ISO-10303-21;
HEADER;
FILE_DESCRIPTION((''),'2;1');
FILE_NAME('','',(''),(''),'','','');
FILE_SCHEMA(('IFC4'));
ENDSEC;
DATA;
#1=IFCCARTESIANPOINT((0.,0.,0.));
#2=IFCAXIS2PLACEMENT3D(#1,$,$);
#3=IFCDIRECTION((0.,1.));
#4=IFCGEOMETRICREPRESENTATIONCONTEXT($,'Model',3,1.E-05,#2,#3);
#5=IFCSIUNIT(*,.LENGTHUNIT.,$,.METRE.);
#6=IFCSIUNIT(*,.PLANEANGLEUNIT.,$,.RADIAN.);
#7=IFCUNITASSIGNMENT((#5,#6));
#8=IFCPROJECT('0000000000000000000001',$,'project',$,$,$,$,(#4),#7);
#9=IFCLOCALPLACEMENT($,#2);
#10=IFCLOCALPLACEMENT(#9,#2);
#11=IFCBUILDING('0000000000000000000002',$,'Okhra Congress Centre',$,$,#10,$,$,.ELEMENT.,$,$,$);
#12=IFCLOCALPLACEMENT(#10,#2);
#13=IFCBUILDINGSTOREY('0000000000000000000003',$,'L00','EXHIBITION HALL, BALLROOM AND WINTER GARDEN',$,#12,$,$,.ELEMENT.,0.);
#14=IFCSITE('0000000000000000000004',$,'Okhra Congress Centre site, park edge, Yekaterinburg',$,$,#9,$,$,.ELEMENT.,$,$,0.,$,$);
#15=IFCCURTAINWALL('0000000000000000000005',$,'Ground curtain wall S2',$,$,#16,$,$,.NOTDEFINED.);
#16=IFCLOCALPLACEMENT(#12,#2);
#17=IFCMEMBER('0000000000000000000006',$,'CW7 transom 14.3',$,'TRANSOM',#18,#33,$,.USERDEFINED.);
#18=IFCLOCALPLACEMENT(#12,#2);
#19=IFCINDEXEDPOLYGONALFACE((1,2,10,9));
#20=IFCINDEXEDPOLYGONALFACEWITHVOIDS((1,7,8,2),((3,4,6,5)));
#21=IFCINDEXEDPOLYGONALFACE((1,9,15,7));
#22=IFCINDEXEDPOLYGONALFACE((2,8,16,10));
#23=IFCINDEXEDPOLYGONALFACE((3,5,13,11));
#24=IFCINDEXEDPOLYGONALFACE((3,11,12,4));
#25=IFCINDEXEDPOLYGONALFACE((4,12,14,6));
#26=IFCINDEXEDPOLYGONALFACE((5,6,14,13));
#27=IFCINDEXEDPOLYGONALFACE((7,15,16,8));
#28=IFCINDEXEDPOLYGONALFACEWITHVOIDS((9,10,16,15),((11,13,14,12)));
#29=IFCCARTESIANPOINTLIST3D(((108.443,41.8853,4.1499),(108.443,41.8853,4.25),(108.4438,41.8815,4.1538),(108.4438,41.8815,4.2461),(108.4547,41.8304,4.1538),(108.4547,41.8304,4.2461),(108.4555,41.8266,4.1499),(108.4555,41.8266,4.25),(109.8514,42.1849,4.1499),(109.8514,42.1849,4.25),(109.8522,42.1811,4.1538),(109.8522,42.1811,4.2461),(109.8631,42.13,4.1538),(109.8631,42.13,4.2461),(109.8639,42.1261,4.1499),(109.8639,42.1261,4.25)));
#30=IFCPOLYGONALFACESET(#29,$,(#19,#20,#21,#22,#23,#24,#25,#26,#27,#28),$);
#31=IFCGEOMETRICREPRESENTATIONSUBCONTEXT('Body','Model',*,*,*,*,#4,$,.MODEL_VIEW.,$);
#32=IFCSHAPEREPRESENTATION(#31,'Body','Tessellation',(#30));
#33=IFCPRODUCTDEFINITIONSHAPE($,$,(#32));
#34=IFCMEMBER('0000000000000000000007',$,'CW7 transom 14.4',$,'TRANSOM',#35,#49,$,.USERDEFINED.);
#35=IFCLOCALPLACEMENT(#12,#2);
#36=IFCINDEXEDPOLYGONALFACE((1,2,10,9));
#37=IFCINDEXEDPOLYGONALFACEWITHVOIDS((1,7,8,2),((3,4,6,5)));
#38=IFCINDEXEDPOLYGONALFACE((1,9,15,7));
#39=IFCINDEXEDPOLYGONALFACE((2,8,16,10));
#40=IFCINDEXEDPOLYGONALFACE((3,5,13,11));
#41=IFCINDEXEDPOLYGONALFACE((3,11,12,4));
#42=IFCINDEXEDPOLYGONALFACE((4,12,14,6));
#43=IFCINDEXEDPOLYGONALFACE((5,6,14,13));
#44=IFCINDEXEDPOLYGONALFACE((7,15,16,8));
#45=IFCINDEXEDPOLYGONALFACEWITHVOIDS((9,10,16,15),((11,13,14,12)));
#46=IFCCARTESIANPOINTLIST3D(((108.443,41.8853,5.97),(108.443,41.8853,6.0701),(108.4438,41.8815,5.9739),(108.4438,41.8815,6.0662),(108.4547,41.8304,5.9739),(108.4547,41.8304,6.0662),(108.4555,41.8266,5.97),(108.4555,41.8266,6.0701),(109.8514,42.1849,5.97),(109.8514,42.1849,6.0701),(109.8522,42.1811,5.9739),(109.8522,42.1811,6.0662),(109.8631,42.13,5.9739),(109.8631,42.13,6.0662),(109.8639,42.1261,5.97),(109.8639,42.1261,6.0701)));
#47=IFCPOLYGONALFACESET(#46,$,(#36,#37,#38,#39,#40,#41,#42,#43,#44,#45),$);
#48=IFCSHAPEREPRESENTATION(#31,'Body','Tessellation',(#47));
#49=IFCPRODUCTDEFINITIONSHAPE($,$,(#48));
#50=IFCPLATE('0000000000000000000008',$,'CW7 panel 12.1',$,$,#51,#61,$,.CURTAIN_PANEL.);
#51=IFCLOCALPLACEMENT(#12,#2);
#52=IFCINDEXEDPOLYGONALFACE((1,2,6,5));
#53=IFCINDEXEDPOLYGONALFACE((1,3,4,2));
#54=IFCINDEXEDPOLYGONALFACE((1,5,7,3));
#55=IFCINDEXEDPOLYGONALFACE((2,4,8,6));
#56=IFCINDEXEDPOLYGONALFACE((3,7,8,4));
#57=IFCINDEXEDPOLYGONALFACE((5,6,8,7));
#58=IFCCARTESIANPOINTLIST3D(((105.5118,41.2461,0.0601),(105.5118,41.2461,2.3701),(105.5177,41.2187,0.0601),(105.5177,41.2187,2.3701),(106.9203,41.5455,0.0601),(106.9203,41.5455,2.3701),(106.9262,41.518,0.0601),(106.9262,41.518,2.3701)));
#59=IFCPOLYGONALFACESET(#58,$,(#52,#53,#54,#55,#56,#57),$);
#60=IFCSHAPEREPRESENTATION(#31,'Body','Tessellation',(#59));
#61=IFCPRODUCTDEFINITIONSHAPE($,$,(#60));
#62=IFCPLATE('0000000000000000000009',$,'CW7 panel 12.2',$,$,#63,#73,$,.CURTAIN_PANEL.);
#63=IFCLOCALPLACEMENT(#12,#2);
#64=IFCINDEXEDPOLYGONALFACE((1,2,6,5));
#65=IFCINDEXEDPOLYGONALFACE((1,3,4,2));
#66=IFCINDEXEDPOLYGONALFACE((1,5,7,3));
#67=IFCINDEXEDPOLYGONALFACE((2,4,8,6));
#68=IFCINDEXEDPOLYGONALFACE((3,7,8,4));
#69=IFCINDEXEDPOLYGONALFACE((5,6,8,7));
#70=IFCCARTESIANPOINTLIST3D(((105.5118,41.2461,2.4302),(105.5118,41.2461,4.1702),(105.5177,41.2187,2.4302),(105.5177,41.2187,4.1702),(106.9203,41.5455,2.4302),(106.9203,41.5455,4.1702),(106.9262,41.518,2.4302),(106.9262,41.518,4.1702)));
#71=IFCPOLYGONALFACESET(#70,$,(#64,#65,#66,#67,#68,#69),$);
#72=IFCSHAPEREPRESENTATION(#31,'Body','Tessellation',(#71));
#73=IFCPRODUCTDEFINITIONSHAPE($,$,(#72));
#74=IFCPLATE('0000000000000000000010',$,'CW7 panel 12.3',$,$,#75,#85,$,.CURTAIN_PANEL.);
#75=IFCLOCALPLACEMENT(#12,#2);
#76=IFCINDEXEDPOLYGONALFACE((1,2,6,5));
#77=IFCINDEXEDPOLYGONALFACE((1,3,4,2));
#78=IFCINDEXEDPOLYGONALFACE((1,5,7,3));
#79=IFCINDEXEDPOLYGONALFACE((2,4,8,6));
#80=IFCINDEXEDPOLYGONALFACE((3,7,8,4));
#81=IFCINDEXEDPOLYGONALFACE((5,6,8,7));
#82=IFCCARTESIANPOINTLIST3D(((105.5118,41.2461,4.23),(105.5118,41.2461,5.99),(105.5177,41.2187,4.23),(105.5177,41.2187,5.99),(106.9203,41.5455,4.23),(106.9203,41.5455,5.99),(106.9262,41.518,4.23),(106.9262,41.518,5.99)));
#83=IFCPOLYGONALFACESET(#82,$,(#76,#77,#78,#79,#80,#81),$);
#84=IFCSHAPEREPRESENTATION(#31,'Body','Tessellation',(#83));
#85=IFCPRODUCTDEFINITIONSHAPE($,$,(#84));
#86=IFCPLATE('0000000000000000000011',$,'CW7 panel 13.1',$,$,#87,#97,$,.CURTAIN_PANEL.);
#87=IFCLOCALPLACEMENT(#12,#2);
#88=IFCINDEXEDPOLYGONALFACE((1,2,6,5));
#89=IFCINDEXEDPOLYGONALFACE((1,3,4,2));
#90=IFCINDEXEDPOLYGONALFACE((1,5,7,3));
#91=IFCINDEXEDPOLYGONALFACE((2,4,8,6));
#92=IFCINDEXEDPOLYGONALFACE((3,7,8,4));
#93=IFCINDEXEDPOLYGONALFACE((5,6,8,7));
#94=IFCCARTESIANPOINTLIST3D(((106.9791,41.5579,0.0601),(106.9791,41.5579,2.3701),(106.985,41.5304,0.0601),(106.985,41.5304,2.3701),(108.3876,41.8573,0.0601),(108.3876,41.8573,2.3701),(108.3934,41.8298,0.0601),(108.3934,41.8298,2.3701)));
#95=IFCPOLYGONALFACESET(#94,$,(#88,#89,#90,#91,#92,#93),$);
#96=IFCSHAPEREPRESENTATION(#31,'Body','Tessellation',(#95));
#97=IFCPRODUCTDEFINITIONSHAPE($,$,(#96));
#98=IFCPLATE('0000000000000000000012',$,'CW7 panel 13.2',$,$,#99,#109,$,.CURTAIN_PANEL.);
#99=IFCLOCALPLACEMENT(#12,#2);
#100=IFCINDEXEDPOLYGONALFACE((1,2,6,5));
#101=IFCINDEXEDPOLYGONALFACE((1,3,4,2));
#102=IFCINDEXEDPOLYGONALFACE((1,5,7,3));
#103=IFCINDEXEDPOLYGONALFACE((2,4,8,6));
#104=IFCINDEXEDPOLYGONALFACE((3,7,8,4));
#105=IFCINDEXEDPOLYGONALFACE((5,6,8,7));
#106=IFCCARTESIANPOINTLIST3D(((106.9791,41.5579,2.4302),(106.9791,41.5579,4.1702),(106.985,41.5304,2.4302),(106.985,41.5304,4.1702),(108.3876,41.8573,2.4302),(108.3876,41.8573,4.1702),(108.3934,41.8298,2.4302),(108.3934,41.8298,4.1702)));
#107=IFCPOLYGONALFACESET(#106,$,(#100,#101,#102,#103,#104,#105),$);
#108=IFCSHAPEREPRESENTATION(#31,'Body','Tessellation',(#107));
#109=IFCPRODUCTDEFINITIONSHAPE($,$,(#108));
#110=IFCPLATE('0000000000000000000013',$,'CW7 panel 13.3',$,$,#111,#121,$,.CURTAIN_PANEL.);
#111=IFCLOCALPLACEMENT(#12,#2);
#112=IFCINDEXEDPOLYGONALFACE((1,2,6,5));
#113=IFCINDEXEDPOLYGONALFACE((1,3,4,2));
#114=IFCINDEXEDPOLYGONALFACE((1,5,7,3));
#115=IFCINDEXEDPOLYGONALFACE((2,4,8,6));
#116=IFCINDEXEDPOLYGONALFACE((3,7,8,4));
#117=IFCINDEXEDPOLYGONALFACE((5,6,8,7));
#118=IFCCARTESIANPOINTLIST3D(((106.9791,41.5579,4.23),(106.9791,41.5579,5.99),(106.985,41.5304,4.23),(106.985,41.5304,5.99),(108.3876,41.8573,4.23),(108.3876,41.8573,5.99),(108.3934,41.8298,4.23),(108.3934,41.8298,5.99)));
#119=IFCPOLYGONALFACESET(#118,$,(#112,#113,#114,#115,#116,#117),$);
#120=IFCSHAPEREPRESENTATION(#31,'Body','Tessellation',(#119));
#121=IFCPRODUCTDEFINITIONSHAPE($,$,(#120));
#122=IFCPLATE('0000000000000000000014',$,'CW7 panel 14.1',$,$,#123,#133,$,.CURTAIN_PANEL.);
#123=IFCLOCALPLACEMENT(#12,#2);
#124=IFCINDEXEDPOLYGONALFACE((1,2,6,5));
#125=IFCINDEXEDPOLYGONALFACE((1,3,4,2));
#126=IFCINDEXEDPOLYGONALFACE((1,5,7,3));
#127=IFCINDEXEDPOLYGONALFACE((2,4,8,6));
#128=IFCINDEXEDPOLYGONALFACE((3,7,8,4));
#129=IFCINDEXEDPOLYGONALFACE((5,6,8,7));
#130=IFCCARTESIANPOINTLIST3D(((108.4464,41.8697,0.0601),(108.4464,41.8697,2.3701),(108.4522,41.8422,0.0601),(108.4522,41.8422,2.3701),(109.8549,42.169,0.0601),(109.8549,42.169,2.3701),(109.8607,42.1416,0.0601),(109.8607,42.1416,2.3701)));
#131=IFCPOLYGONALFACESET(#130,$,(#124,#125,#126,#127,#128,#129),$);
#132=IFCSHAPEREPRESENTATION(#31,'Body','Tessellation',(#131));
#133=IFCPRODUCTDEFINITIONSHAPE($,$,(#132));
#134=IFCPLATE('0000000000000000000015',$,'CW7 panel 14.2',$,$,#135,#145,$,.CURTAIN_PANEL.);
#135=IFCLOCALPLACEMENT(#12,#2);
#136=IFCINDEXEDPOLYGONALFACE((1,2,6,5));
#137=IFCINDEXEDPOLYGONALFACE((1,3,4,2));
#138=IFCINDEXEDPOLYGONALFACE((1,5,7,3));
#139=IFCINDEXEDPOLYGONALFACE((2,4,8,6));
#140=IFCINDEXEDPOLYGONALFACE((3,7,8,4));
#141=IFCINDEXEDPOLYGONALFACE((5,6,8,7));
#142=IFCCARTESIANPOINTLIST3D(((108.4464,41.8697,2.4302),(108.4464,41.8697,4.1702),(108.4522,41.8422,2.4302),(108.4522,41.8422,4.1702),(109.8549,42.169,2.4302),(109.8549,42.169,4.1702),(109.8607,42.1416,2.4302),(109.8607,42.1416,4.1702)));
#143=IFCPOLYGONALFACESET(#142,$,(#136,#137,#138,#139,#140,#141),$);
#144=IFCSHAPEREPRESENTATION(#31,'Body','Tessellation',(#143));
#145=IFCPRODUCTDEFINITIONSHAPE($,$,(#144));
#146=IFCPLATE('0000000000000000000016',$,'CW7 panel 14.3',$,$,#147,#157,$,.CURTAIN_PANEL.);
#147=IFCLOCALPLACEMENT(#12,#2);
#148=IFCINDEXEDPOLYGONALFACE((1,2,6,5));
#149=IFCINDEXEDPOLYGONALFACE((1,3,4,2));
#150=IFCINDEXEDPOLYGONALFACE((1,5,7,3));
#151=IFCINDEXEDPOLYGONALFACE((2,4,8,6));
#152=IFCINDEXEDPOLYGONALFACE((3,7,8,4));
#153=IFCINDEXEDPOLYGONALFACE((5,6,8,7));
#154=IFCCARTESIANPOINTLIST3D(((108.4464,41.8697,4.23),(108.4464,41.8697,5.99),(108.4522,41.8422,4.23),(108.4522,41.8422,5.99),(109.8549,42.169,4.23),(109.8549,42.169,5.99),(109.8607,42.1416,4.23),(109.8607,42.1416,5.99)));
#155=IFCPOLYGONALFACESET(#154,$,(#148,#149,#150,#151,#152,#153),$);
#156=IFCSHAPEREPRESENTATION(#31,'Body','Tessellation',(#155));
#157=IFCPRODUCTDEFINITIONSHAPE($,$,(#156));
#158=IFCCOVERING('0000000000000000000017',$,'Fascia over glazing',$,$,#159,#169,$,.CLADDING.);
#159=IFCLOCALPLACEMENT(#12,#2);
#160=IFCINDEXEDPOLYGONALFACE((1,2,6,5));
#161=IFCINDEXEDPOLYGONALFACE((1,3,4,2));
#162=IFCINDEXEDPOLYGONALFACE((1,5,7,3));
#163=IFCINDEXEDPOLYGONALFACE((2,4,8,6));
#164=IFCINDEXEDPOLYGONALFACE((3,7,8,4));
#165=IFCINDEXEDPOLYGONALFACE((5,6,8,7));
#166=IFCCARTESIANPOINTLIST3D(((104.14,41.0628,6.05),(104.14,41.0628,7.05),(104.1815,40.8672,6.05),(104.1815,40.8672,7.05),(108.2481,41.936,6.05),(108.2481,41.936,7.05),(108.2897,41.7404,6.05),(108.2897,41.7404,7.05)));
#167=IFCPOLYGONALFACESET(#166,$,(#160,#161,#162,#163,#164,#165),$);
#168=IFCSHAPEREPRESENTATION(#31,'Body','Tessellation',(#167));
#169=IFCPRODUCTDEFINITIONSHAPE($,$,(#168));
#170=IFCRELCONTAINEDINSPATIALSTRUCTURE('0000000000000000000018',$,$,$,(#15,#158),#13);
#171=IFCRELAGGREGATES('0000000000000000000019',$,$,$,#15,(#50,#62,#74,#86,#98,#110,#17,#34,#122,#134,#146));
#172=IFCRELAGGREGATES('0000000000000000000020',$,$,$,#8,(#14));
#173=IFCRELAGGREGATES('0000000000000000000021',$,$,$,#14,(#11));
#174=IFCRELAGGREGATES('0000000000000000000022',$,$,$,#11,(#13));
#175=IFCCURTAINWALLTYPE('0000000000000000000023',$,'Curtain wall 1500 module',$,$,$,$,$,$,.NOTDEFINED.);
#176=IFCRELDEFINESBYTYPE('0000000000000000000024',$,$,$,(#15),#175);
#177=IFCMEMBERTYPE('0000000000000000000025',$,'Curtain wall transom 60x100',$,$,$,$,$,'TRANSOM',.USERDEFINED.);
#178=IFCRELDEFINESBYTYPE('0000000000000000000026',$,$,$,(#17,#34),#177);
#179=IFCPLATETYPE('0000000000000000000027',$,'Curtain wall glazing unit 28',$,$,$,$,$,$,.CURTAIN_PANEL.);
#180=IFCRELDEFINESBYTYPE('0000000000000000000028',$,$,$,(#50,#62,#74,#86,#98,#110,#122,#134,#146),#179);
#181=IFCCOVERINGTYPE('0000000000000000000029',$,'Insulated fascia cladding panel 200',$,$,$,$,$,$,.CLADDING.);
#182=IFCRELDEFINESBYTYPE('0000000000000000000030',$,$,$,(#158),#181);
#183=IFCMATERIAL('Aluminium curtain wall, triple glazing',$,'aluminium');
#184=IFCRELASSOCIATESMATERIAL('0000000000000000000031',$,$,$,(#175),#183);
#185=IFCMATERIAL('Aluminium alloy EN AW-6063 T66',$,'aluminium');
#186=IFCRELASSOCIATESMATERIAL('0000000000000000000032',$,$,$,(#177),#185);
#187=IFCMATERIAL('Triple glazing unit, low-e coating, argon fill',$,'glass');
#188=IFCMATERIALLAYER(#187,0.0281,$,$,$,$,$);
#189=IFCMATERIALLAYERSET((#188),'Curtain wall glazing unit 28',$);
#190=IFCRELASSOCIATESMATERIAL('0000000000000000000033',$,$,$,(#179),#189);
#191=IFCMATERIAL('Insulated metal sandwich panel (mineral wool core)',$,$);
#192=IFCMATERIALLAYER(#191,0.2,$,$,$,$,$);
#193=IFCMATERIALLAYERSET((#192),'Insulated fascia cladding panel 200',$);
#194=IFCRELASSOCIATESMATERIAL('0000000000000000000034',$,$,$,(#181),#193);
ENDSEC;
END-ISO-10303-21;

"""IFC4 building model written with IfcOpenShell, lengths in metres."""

from ifc_helpers import new_model, si_unit, direction, frame, origin, origin_2d, place, context, subcontext, project, spatial, rectangle, hollow_rectangle, extrude, material, layer, layer_set, material_profile, profile_set, type_object, element, aggregate, save


model = new_model("IFC4")

# Units and contexts
model_context = context("Model", 3, precision=1e-05, world=origin(), true_north=direction((0.0, 1.0)))
body_context = subcontext(model_context, "Body", "Model", "MODEL_VIEW")
ifc_project = project(units=[si_unit("LENGTHUNIT", "METRE"), si_unit("PLANEANGLEUNIT", "RADIAN")], contexts=[model_context])

# Site, building, storey
site_placement = place(None, origin())
site = spatial("IfcSite", under=ifc_project, at=site_placement, Name="Okhra Congress Centre site, park edge, Yekaterinburg", CompositionType="ELEMENT", RefElevation=0.0)
building_placement = place(site_placement, origin())
building = spatial("IfcBuilding", under=site, at=building_placement, Name="Okhra Congress Centre", CompositionType="ELEMENT")
storey_placement = place(building_placement, origin())
storey = spatial("IfcBuildingStorey", under=building, at=storey_placement, Name="L00", Description="EXHIBITION HALL, BALLROOM AND WINTER GARDEN", CompositionType="ELEMENT", Elevation=0.0)

# Curtain wall, members, plates
ifc_material_1 = material(Name="Aluminium curtain wall, triple glazing", Category="aluminium")
curtain_wall_type = type_object("IfcCurtainWallType", Name="Curtain wall 1500 module", PredefinedType="NOTDEFINED", material=ifc_material_1)
curtain_wall_placement = place(storey_placement, origin())
curtain_wall = element("IfcCurtainWall", 1, at=curtain_wall_placement, inside=storey, type_object=curtain_wall_type, Name="Ground curtain wall S2", PredefinedType="NOTDEFINED")
ifc_material_2 = material(Name="Aluminium alloy EN AW-6063 T66", Category="aluminium")
ifc_material_profile_1 = material_profile(ifc_material_2, hollow_rectangle(XDim=0.0601, YDim=0.1001, WallThickness=0.0039, at=origin_2d()), Name="RHS 60x100x4")
ifc_profile_set_1 = profile_set([ifc_material_profile_1], Name="Aluminium alloy EN AW-6063 T66")
member_type_1 = type_object("IfcMemberType", Name="Curtain wall transom 60x100", ElementType="TRANSOM", PredefinedType="USERDEFINED", material=ifc_profile_set_1)
member_1_placement = place(storey_placement, frame((108.4492, 41.856, 4.2), z_axis=(0.978121, 0.208035, 0.0), x_axis=(-0.208035, 0.978121, 0.0)))
member_1 = element("IfcMember", 2, at=member_1_placement, type_object=member_type_1, Name="CW7 transom 14.3", ObjectType="TRANSOM", PredefinedType="USERDEFINED", context=body_context, shape_type="SweptSolid", body=[
    extrude(hollow_rectangle(XDim=0.0601, YDim=0.1001, WallThickness=0.0039, at=origin_2d()), origin(), (0.0, 0.0, 1.0), 1.4399),
])
member_2_placement = place(storey_placement, frame((108.4492, 41.856, 6.02), z_axis=(0.978121, 0.208035, 0.0), x_axis=(-0.208035, 0.978121, 0.0)))
member_2 = element("IfcMember", 3, at=member_2_placement, type_object=member_type_1, Name="CW7 transom 14.4", ObjectType="TRANSOM", PredefinedType="USERDEFINED", context=body_context, shape_type="SweptSolid", body=[
    extrude(hollow_rectangle(XDim=0.0601, YDim=0.1001, WallThickness=0.0039, at=origin_2d()), origin(), (0.0, 0.0, 1.0), 1.4399),
])
ifc_material_3 = material(Name="Triple glazing unit, low-e coating, argon fill", Category="glass")
ifc_layer_1 = layer(ifc_material_3, 0.0281)
ifc_layer_set_1 = layer_set([ifc_layer_1], Name="Curtain wall glazing unit 28")
plate_type = type_object("IfcPlateType", Name="Curtain wall glazing unit 28", PredefinedType="CURTAIN_PANEL", material=ifc_layer_set_1)
plate_1_placement = place(storey_placement, frame((106.219, 41.3821, 0.0601), z_axis=(0.0, 0.0, 1.0), x_axis=(0.978148, 0.207912, 0.0)))
plate_1 = element("IfcPlate", 4, at=plate_1_placement, type_object=plate_type, Name="CW7 panel 12.1", PredefinedType="CURTAIN_PANEL", context=body_context, shape_type="SweptSolid", body=[
    extrude(rectangle(XDim=1.4399, YDim=0.0281, at=origin_2d()), origin(), (0.0, 0.0, 1.0), 2.3101),
])
plate_2_placement = place(storey_placement, frame((106.219, 41.3821, 2.4302), z_axis=(0.0, 0.0, 1.0), x_axis=(0.978148, 0.207912, 0.0)))
plate_2 = element("IfcPlate", 5, at=plate_2_placement, type_object=plate_type, Name="CW7 panel 12.2", PredefinedType="CURTAIN_PANEL", context=body_context, shape_type="SweptSolid", body=[
    extrude(rectangle(XDim=1.4399, YDim=0.0281, at=origin_2d()), origin(), (0.0, 0.0, 1.0), 1.74),
])
plate_3_placement = place(storey_placement, frame((106.219, 41.3821, 4.23), z_axis=(0.0, 0.0, 1.0), x_axis=(0.978148, 0.207912, 0.0)))
plate_3 = element("IfcPlate", 6, at=plate_3_placement, type_object=plate_type, Name="CW7 panel 12.3", PredefinedType="CURTAIN_PANEL", context=body_context, shape_type="SweptSolid", body=[
    extrude(rectangle(XDim=1.4399, YDim=0.0281, at=origin_2d()), origin(), (0.0, 0.0, 1.0), 1.76),
])
plate_4_placement = place(storey_placement, frame((107.6863, 41.6938, 0.0601), z_axis=(0.0, 0.0, 1.0), x_axis=(0.978148, 0.207912, 0.0)))
plate_4 = element("IfcPlate", 7, at=plate_4_placement, type_object=plate_type, Name="CW7 panel 13.1", PredefinedType="CURTAIN_PANEL", context=body_context, shape_type="SweptSolid", body=[
    extrude(rectangle(XDim=1.4399, YDim=0.0281, at=origin_2d()), origin(), (0.0, 0.0, 1.0), 2.3101),
])
plate_5_placement = place(storey_placement, frame((107.6863, 41.6938, 2.4302), z_axis=(0.0, 0.0, 1.0), x_axis=(0.978148, 0.207912, 0.0)))
plate_5 = element("IfcPlate", 8, at=plate_5_placement, type_object=plate_type, Name="CW7 panel 13.2", PredefinedType="CURTAIN_PANEL", context=body_context, shape_type="SweptSolid", body=[
    extrude(rectangle(XDim=1.4399, YDim=0.0281, at=origin_2d()), origin(), (0.0, 0.0, 1.0), 1.74),
])
plate_6_placement = place(storey_placement, frame((107.6863, 41.6938, 4.23), z_axis=(0.0, 0.0, 1.0), x_axis=(0.978148, 0.207912, 0.0)))
plate_6 = element("IfcPlate", 9, at=plate_6_placement, type_object=plate_type, Name="CW7 panel 13.3", PredefinedType="CURTAIN_PANEL", context=body_context, shape_type="SweptSolid", body=[
    extrude(rectangle(XDim=1.4399, YDim=0.0281, at=origin_2d()), origin(), (0.0, 0.0, 1.0), 1.76),
])
plate_7_placement = place(storey_placement, frame((109.1536, 42.0056, 0.0601), z_axis=(0.0, 0.0, 1.0), x_axis=(0.978148, 0.207912, 0.0)))
plate_7 = element("IfcPlate", 10, at=plate_7_placement, type_object=plate_type, Name="CW7 panel 14.1", PredefinedType="CURTAIN_PANEL", context=body_context, shape_type="SweptSolid", body=[
    extrude(rectangle(XDim=1.4399, YDim=0.0281, at=origin_2d()), origin(), (0.0, 0.0, 1.0), 2.3101),
])
plate_8_placement = place(storey_placement, frame((109.1536, 42.0056, 2.4302), z_axis=(0.0, 0.0, 1.0), x_axis=(0.978148, 0.207912, 0.0)))
plate_8 = element("IfcPlate", 11, at=plate_8_placement, type_object=plate_type, Name="CW7 panel 14.2", PredefinedType="CURTAIN_PANEL", context=body_context, shape_type="SweptSolid", body=[
    extrude(rectangle(XDim=1.4399, YDim=0.0281, at=origin_2d()), origin(), (0.0, 0.0, 1.0), 1.74),
])
plate_9_placement = place(storey_placement, frame((109.1536, 42.0056, 4.23), z_axis=(0.0, 0.0, 1.0), x_axis=(0.978148, 0.207912, 0.0)))
plate_9 = element("IfcPlate", 12, at=plate_9_placement, type_object=plate_type, Name="CW7 panel 14.3", PredefinedType="CURTAIN_PANEL", context=body_context, shape_type="SweptSolid", body=[
    extrude(rectangle(XDim=1.4399, YDim=0.0281, at=origin_2d()), origin(), (0.0, 0.0, 1.0), 1.76),
])
aggregate(curtain_wall, [plate_1, plate_2, plate_3, plate_4, plate_5, plate_6, member_1, member_2, plate_7, plate_8, plate_9])

# Covering
ifc_material_4 = material(Name="Insulated metal sandwich panel (mineral wool core)")
ifc_layer_2 = layer(ifc_material_4, 0.2)
ifc_layer_set_2 = layer_set([ifc_layer_2], Name="Insulated fascia cladding panel 200")
covering_type = type_object("IfcCoveringType", Name="Insulated fascia cladding panel 200", PredefinedType="CLADDING", material=ifc_layer_set_2)
covering_placement = place(storey_placement, frame((106.2148, 41.4016, 6.05), z_axis=(0.0, 0.0, 1.0), x_axis=(0.978148, 0.207912, 0.0)))
element("IfcCovering", 13, at=covering_placement, inside=storey, type_object=covering_type, Name="Fascia over glazing", PredefinedType="CLADDING", context=body_context, shape_type="SweptSolid", body=[
    extrude(rectangle(XDim=4.2, YDim=0.2, at=origin_2d()), origin(), (0.0, 0.0, 1.0), 1.0),
])

save(model, "model.ifc")
